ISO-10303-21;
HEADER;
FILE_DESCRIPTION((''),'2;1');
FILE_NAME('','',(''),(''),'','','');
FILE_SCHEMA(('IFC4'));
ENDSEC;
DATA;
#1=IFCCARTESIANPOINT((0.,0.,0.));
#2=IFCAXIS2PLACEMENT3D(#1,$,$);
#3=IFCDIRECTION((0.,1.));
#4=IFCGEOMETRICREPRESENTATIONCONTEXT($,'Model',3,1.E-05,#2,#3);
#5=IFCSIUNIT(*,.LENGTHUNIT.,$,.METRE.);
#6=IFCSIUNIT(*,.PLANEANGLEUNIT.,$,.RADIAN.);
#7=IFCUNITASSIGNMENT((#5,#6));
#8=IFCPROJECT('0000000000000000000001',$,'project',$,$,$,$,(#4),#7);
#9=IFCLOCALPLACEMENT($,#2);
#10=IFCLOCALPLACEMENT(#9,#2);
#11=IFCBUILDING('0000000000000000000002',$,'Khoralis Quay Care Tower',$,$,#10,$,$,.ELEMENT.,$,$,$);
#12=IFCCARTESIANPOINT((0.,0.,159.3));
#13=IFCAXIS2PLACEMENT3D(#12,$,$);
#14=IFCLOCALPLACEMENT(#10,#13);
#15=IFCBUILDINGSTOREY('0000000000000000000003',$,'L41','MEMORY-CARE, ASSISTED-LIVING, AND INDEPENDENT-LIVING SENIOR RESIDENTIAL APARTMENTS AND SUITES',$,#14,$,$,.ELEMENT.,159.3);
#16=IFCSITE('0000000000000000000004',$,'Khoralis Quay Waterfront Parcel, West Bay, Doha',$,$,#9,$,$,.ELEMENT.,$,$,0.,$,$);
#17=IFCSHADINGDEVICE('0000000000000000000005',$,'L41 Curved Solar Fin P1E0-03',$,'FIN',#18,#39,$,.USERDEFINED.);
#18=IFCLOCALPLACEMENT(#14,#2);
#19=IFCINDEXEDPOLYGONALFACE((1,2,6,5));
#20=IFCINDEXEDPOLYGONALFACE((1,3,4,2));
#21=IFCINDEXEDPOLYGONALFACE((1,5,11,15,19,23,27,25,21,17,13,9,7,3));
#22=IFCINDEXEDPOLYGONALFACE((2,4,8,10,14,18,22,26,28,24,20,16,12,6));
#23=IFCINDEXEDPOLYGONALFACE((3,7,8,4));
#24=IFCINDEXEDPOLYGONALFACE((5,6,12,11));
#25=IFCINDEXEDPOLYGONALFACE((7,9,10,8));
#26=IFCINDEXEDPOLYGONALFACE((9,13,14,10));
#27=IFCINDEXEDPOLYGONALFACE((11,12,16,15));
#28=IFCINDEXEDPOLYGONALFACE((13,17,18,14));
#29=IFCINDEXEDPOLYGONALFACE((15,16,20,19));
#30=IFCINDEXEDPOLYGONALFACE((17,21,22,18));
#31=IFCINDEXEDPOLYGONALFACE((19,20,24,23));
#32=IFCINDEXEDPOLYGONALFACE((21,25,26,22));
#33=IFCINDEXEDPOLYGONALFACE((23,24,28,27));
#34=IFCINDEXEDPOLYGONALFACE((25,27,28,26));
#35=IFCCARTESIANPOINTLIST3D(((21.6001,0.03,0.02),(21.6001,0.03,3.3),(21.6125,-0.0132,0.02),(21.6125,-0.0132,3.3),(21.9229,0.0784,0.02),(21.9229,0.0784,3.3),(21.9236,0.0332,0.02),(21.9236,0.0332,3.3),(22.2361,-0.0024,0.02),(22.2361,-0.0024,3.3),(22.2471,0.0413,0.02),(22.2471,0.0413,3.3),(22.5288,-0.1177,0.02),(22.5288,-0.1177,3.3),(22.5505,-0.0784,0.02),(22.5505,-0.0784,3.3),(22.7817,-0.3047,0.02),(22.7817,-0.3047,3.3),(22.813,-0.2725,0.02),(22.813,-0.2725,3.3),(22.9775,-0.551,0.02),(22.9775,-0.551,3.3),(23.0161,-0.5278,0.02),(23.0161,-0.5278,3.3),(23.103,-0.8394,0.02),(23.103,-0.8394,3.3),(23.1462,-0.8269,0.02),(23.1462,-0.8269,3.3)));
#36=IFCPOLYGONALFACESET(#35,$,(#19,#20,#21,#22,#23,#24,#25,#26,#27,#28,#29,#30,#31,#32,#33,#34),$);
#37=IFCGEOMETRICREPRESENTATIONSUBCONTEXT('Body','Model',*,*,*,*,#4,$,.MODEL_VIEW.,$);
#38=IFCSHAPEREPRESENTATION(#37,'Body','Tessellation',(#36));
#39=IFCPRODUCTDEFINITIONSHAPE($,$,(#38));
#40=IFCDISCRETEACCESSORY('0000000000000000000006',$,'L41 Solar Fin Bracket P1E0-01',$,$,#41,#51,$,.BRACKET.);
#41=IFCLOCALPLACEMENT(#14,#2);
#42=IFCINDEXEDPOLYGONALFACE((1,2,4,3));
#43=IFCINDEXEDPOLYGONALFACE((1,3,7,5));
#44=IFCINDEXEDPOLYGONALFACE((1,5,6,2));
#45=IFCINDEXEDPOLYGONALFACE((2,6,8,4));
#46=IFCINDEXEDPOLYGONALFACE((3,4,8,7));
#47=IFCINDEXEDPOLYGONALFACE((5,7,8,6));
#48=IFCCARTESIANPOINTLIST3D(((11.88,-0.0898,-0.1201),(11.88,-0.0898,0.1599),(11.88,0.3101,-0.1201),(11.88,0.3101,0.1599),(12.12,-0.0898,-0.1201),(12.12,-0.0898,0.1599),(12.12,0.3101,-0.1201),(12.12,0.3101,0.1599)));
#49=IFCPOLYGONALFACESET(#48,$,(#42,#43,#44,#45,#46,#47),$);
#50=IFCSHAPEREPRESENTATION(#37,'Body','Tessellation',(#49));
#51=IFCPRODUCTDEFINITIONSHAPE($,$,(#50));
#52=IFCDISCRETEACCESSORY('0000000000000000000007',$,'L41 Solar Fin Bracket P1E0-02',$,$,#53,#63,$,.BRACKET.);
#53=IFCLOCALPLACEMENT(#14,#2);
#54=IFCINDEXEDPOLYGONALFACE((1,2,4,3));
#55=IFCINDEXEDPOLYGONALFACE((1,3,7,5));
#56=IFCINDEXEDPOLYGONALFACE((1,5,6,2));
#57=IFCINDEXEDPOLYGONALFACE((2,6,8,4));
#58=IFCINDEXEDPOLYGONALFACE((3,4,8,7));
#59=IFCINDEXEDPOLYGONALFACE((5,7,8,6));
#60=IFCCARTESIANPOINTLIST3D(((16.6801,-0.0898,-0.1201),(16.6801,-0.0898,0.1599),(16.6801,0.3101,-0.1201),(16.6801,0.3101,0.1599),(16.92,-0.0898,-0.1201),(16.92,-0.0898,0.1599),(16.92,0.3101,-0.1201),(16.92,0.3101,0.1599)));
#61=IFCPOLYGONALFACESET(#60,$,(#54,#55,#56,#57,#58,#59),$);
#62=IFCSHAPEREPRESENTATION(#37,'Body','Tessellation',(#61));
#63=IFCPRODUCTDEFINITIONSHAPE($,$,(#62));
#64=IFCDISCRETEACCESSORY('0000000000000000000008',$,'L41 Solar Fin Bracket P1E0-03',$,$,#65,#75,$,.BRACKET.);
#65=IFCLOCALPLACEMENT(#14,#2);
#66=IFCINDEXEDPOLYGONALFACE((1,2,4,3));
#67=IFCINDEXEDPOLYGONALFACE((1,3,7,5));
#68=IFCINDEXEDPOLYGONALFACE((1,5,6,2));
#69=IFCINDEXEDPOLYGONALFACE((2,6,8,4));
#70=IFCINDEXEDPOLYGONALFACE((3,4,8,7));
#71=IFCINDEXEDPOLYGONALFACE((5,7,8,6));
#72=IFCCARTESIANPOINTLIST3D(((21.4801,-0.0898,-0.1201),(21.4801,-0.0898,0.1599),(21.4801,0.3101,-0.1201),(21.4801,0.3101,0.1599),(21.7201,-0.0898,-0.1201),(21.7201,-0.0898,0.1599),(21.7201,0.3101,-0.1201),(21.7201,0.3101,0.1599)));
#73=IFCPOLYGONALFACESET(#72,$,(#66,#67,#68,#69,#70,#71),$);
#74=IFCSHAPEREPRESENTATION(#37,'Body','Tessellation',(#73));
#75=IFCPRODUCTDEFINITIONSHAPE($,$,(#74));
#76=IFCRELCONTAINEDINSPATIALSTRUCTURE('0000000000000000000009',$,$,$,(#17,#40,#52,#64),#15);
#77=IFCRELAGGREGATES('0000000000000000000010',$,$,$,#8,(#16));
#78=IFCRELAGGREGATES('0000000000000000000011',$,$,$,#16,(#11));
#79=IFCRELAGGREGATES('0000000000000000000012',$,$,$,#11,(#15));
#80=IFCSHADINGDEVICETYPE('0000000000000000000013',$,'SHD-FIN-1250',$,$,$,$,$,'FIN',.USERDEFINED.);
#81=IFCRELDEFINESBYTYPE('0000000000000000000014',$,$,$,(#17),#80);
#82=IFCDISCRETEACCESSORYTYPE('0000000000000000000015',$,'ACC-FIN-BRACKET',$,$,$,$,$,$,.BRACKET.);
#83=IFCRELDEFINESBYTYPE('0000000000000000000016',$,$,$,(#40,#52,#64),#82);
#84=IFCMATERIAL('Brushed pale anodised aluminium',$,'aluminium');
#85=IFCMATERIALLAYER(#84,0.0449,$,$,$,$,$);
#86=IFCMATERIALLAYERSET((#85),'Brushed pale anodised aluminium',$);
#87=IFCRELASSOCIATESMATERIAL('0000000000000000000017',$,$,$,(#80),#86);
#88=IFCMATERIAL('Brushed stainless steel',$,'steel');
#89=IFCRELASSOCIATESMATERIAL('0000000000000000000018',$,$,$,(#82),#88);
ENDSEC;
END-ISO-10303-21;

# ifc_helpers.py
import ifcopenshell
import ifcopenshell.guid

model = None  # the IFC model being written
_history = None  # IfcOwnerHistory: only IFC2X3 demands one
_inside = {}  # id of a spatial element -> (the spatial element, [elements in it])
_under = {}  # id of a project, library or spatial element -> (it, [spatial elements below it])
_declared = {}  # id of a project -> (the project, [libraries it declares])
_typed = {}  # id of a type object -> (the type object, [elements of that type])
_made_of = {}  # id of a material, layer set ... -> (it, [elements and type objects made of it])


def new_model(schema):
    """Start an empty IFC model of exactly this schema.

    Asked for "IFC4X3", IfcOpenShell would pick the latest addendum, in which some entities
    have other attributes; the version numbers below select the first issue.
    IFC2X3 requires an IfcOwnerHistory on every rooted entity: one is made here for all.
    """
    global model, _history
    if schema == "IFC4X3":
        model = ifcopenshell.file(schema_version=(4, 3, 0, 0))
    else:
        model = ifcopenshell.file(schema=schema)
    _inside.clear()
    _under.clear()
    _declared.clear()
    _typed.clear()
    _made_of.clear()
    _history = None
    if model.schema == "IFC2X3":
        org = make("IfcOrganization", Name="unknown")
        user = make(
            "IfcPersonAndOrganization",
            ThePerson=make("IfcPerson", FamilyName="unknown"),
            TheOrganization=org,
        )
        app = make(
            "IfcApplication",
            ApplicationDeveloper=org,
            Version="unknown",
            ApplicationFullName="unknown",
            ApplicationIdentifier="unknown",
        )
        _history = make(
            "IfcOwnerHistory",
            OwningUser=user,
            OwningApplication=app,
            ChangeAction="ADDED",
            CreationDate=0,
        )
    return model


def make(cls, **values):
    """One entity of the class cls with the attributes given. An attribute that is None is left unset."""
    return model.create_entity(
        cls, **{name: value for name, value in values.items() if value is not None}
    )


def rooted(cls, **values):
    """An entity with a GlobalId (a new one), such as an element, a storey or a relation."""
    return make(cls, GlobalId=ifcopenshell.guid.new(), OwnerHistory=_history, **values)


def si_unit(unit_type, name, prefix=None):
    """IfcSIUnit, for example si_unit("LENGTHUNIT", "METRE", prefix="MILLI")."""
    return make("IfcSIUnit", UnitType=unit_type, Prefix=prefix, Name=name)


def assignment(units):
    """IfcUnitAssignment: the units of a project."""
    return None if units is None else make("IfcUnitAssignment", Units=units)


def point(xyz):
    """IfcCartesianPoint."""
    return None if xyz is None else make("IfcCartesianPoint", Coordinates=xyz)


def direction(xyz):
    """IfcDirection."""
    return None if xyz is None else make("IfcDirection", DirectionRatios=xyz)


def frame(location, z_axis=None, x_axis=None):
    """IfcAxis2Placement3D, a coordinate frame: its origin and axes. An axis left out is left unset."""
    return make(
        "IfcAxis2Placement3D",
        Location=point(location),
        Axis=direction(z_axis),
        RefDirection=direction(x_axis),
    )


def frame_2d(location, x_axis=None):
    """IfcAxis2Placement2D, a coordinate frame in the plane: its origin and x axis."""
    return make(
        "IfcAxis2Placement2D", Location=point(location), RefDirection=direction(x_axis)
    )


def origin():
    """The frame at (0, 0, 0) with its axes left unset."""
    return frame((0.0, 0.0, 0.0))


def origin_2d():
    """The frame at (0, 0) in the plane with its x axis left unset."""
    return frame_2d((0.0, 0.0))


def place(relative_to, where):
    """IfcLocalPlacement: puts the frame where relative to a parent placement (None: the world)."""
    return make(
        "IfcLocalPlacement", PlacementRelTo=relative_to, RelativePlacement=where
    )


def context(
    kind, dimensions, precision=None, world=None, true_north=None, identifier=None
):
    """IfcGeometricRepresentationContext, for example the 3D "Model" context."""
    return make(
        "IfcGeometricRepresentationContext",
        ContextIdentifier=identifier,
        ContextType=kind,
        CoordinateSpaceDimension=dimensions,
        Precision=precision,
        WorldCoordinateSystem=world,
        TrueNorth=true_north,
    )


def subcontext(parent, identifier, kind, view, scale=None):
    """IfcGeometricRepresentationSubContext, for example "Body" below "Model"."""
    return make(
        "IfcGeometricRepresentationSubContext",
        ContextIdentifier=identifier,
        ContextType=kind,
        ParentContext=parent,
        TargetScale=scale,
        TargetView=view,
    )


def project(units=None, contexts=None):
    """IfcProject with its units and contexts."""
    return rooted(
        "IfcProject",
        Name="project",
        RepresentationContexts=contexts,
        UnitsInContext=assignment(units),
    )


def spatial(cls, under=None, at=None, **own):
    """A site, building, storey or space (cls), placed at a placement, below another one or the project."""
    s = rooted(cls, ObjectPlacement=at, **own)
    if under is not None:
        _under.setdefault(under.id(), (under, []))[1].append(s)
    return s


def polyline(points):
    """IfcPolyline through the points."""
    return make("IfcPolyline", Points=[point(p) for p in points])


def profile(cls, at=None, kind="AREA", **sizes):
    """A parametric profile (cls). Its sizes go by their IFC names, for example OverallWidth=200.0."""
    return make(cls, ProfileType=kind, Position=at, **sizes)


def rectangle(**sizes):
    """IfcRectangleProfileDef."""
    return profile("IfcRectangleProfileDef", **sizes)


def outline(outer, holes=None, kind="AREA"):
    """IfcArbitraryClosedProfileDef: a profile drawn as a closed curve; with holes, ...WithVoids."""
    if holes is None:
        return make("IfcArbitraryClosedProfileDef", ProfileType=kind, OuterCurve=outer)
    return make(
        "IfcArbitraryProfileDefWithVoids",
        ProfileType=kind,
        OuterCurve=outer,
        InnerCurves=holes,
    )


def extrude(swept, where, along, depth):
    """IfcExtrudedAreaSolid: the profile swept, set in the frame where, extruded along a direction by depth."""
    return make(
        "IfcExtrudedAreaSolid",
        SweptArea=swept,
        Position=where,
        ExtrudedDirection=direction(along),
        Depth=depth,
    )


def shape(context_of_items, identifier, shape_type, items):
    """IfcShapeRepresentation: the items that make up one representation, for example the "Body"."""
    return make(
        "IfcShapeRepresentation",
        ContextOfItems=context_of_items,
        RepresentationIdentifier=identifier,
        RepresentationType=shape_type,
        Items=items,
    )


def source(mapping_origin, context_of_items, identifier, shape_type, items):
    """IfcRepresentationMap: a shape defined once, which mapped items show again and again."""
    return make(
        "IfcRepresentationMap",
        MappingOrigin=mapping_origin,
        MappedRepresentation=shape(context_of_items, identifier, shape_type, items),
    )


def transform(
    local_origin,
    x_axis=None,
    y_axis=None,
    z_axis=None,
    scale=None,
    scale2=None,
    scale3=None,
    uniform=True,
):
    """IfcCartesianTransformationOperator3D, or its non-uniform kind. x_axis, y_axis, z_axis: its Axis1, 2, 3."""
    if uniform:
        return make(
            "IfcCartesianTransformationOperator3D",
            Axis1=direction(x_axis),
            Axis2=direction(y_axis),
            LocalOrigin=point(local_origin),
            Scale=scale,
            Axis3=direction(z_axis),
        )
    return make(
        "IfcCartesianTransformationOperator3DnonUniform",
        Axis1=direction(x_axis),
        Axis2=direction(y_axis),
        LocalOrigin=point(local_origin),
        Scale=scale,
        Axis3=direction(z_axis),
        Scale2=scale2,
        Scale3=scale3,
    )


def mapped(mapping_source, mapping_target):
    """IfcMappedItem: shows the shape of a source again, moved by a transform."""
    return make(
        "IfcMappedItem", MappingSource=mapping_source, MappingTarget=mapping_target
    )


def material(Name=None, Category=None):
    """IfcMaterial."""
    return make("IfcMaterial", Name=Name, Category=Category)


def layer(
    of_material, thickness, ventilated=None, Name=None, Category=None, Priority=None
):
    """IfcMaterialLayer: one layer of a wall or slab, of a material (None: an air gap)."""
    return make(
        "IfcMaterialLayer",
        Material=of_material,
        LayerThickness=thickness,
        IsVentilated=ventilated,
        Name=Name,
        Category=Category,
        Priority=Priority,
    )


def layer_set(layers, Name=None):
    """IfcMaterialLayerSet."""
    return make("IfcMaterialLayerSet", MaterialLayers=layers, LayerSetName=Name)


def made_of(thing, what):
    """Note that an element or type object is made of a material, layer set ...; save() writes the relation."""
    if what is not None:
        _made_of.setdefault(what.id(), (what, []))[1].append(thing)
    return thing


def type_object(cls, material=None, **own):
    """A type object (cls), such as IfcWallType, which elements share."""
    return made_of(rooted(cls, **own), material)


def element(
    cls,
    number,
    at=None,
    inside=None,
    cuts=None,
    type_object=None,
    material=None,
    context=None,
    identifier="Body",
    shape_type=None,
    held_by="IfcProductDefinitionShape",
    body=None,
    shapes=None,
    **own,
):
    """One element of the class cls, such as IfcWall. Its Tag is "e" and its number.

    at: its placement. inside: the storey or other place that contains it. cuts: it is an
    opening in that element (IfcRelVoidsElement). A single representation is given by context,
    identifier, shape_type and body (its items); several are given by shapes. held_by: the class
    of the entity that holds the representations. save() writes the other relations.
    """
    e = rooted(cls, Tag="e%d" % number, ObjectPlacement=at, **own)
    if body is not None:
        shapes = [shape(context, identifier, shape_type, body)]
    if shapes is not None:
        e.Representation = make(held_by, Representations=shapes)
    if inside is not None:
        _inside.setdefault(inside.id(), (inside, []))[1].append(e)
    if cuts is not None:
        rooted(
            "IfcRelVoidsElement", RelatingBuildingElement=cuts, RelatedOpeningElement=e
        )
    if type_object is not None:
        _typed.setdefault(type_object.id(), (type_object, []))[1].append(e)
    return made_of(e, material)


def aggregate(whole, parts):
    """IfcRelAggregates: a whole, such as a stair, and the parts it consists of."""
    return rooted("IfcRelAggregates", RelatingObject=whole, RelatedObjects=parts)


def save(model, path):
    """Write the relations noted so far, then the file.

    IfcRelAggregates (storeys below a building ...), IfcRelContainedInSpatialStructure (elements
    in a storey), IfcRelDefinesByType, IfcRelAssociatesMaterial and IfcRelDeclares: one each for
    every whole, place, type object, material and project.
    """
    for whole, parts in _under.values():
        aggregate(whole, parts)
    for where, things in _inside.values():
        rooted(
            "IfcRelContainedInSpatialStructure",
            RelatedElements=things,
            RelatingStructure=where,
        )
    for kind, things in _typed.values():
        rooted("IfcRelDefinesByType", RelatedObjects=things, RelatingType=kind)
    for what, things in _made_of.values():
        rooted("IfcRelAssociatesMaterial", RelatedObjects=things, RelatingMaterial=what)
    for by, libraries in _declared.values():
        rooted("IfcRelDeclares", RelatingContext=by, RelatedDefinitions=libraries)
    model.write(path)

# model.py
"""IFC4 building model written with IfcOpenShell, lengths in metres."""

from ifc_helpers import new_model, si_unit, direction, frame, origin, origin_2d, place, context, subcontext, project, spatial, polyline, rectangle, outline, extrude, source, transform, mapped, material, layer, layer_set, type_object, element, save


model = new_model("IFC4")

# Units and contexts
model_context = context("Model", 3, precision=1e-05, world=origin(), true_north=direction((0.0, 1.0)))
body_context = subcontext(model_context, "Body", "Model", "MODEL_VIEW")
ifc_project = project(units=[si_unit("LENGTHUNIT", "METRE"), si_unit("PLANEANGLEUNIT", "RADIAN")], contexts=[model_context])

# Site, building, storey
site_placement = place(None, origin())
site = spatial("IfcSite", under=ifc_project, at=site_placement, Name="Khoralis Quay Waterfront Parcel, West Bay, Doha", CompositionType="ELEMENT", RefElevation=0.0)
building_placement = place(site_placement, origin())
building = spatial("IfcBuilding", under=site, at=building_placement, Name="Khoralis Quay Care Tower", CompositionType="ELEMENT")
storey_placement = place(building_placement, frame((0.0, 0.0, 159.3)))
storey = spatial("IfcBuildingStorey", under=building, at=storey_placement, Name="L41", Description="MEMORY-CARE, ASSISTED-LIVING, AND INDEPENDENT-LIVING SENIOR RESIDENTIAL APARTMENTS AND SUITES", CompositionType="ELEMENT", Elevation=159.3)

# Shading device
ifc_material_1 = material(Name="Brushed pale anodised aluminium", Category="aluminium")
ifc_layer_1 = layer(ifc_material_1, 0.0449)
ifc_layer_set_1 = layer_set([ifc_layer_1], Name="Brushed pale anodised aluminium")
shading_device_type = type_object("IfcShadingDeviceType", Name="SHD-FIN-1250", ElementType="FIN", PredefinedType="USERDEFINED", material=ifc_layer_set_1)
shared_shape_1 = source(origin(), body_context, "Body", "SweptSolid", [
    extrude(outline(polyline([(0.0, 0.0), (-0.0483, 0.3228), (-0.0112, 0.647), (0.1084, 0.9504), (0.3025, 1.2129), (0.5579, 1.416), (0.8569, 1.5461), (0.8694, 1.5029), (0.5811, 1.3774), (0.3347, 1.1816), (0.1477, 0.9287), (0.0325, 0.636), (-0.0032, 0.3235), (0.0432, 0.0125), (0.0, 0.0)])), origin(), (0.0, 0.0, 1.0), 3.28),
])
for number, where, z_axis, x_axis, name in (
    (1, (21.6001, 0.03, 0.02), (0.0, 0.0, 1.0), (0.0, -1.0, 0.0), "L41 Curved Solar Fin P1E0-03"),
):
    element("IfcShadingDevice", number, at=place(storey_placement, frame(where, z_axis=z_axis, x_axis=x_axis)), inside=storey, type_object=shading_device_type, Name=name, ObjectType="FIN", PredefinedType="USERDEFINED", context=body_context, shape_type="MappedRepresentation", body=[
        mapped(shared_shape_1, transform((0.0, 0.0, 0.0), scale=1.0)),
    ])

# Discrete accessories
ifc_material_2 = material(Name="Brushed stainless steel", Category="steel")
discrete_accessory_type = type_object("IfcDiscreteAccessoryType", Name="ACC-FIN-BRACKET", PredefinedType="BRACKET", material=ifc_material_2)
shared_shape_2 = source(origin(), body_context, "Body", "SweptSolid", [
    extrude(rectangle(XDim=0.3999, YDim=0.24, at=origin_2d()), origin(), (0.0, 0.0, 1.0), 0.28),
])
for number, where, z_axis, x_axis, name in (
    (2, (12.0, 0.1101, -0.1201), (0.0, 0.0, 1.0), (0.0, -1.0, 0.0), "L41 Solar Fin Bracket P1E0-01"),
    (3, (16.8, 0.1101, -0.1201), (0.0, 0.0, 1.0), (0.0, -1.0, 0.0), "L41 Solar Fin Bracket P1E0-02"),
    (4, (21.6001, 0.1101, -0.1201), (0.0, 0.0, 1.0), (0.0, -1.0, 0.0), "L41 Solar Fin Bracket P1E0-03"),
):
    element("IfcDiscreteAccessory", number, at=place(storey_placement, frame(where, z_axis=z_axis, x_axis=x_axis)), inside=storey, type_object=discrete_accessory_type, Name=name, PredefinedType="BRACKET", context=body_context, shape_type="MappedRepresentation", body=[
        mapped(shared_shape_2, transform((0.0, 0.0, 0.0), scale=1.0)),
    ])

save(model, "model.ifc")
